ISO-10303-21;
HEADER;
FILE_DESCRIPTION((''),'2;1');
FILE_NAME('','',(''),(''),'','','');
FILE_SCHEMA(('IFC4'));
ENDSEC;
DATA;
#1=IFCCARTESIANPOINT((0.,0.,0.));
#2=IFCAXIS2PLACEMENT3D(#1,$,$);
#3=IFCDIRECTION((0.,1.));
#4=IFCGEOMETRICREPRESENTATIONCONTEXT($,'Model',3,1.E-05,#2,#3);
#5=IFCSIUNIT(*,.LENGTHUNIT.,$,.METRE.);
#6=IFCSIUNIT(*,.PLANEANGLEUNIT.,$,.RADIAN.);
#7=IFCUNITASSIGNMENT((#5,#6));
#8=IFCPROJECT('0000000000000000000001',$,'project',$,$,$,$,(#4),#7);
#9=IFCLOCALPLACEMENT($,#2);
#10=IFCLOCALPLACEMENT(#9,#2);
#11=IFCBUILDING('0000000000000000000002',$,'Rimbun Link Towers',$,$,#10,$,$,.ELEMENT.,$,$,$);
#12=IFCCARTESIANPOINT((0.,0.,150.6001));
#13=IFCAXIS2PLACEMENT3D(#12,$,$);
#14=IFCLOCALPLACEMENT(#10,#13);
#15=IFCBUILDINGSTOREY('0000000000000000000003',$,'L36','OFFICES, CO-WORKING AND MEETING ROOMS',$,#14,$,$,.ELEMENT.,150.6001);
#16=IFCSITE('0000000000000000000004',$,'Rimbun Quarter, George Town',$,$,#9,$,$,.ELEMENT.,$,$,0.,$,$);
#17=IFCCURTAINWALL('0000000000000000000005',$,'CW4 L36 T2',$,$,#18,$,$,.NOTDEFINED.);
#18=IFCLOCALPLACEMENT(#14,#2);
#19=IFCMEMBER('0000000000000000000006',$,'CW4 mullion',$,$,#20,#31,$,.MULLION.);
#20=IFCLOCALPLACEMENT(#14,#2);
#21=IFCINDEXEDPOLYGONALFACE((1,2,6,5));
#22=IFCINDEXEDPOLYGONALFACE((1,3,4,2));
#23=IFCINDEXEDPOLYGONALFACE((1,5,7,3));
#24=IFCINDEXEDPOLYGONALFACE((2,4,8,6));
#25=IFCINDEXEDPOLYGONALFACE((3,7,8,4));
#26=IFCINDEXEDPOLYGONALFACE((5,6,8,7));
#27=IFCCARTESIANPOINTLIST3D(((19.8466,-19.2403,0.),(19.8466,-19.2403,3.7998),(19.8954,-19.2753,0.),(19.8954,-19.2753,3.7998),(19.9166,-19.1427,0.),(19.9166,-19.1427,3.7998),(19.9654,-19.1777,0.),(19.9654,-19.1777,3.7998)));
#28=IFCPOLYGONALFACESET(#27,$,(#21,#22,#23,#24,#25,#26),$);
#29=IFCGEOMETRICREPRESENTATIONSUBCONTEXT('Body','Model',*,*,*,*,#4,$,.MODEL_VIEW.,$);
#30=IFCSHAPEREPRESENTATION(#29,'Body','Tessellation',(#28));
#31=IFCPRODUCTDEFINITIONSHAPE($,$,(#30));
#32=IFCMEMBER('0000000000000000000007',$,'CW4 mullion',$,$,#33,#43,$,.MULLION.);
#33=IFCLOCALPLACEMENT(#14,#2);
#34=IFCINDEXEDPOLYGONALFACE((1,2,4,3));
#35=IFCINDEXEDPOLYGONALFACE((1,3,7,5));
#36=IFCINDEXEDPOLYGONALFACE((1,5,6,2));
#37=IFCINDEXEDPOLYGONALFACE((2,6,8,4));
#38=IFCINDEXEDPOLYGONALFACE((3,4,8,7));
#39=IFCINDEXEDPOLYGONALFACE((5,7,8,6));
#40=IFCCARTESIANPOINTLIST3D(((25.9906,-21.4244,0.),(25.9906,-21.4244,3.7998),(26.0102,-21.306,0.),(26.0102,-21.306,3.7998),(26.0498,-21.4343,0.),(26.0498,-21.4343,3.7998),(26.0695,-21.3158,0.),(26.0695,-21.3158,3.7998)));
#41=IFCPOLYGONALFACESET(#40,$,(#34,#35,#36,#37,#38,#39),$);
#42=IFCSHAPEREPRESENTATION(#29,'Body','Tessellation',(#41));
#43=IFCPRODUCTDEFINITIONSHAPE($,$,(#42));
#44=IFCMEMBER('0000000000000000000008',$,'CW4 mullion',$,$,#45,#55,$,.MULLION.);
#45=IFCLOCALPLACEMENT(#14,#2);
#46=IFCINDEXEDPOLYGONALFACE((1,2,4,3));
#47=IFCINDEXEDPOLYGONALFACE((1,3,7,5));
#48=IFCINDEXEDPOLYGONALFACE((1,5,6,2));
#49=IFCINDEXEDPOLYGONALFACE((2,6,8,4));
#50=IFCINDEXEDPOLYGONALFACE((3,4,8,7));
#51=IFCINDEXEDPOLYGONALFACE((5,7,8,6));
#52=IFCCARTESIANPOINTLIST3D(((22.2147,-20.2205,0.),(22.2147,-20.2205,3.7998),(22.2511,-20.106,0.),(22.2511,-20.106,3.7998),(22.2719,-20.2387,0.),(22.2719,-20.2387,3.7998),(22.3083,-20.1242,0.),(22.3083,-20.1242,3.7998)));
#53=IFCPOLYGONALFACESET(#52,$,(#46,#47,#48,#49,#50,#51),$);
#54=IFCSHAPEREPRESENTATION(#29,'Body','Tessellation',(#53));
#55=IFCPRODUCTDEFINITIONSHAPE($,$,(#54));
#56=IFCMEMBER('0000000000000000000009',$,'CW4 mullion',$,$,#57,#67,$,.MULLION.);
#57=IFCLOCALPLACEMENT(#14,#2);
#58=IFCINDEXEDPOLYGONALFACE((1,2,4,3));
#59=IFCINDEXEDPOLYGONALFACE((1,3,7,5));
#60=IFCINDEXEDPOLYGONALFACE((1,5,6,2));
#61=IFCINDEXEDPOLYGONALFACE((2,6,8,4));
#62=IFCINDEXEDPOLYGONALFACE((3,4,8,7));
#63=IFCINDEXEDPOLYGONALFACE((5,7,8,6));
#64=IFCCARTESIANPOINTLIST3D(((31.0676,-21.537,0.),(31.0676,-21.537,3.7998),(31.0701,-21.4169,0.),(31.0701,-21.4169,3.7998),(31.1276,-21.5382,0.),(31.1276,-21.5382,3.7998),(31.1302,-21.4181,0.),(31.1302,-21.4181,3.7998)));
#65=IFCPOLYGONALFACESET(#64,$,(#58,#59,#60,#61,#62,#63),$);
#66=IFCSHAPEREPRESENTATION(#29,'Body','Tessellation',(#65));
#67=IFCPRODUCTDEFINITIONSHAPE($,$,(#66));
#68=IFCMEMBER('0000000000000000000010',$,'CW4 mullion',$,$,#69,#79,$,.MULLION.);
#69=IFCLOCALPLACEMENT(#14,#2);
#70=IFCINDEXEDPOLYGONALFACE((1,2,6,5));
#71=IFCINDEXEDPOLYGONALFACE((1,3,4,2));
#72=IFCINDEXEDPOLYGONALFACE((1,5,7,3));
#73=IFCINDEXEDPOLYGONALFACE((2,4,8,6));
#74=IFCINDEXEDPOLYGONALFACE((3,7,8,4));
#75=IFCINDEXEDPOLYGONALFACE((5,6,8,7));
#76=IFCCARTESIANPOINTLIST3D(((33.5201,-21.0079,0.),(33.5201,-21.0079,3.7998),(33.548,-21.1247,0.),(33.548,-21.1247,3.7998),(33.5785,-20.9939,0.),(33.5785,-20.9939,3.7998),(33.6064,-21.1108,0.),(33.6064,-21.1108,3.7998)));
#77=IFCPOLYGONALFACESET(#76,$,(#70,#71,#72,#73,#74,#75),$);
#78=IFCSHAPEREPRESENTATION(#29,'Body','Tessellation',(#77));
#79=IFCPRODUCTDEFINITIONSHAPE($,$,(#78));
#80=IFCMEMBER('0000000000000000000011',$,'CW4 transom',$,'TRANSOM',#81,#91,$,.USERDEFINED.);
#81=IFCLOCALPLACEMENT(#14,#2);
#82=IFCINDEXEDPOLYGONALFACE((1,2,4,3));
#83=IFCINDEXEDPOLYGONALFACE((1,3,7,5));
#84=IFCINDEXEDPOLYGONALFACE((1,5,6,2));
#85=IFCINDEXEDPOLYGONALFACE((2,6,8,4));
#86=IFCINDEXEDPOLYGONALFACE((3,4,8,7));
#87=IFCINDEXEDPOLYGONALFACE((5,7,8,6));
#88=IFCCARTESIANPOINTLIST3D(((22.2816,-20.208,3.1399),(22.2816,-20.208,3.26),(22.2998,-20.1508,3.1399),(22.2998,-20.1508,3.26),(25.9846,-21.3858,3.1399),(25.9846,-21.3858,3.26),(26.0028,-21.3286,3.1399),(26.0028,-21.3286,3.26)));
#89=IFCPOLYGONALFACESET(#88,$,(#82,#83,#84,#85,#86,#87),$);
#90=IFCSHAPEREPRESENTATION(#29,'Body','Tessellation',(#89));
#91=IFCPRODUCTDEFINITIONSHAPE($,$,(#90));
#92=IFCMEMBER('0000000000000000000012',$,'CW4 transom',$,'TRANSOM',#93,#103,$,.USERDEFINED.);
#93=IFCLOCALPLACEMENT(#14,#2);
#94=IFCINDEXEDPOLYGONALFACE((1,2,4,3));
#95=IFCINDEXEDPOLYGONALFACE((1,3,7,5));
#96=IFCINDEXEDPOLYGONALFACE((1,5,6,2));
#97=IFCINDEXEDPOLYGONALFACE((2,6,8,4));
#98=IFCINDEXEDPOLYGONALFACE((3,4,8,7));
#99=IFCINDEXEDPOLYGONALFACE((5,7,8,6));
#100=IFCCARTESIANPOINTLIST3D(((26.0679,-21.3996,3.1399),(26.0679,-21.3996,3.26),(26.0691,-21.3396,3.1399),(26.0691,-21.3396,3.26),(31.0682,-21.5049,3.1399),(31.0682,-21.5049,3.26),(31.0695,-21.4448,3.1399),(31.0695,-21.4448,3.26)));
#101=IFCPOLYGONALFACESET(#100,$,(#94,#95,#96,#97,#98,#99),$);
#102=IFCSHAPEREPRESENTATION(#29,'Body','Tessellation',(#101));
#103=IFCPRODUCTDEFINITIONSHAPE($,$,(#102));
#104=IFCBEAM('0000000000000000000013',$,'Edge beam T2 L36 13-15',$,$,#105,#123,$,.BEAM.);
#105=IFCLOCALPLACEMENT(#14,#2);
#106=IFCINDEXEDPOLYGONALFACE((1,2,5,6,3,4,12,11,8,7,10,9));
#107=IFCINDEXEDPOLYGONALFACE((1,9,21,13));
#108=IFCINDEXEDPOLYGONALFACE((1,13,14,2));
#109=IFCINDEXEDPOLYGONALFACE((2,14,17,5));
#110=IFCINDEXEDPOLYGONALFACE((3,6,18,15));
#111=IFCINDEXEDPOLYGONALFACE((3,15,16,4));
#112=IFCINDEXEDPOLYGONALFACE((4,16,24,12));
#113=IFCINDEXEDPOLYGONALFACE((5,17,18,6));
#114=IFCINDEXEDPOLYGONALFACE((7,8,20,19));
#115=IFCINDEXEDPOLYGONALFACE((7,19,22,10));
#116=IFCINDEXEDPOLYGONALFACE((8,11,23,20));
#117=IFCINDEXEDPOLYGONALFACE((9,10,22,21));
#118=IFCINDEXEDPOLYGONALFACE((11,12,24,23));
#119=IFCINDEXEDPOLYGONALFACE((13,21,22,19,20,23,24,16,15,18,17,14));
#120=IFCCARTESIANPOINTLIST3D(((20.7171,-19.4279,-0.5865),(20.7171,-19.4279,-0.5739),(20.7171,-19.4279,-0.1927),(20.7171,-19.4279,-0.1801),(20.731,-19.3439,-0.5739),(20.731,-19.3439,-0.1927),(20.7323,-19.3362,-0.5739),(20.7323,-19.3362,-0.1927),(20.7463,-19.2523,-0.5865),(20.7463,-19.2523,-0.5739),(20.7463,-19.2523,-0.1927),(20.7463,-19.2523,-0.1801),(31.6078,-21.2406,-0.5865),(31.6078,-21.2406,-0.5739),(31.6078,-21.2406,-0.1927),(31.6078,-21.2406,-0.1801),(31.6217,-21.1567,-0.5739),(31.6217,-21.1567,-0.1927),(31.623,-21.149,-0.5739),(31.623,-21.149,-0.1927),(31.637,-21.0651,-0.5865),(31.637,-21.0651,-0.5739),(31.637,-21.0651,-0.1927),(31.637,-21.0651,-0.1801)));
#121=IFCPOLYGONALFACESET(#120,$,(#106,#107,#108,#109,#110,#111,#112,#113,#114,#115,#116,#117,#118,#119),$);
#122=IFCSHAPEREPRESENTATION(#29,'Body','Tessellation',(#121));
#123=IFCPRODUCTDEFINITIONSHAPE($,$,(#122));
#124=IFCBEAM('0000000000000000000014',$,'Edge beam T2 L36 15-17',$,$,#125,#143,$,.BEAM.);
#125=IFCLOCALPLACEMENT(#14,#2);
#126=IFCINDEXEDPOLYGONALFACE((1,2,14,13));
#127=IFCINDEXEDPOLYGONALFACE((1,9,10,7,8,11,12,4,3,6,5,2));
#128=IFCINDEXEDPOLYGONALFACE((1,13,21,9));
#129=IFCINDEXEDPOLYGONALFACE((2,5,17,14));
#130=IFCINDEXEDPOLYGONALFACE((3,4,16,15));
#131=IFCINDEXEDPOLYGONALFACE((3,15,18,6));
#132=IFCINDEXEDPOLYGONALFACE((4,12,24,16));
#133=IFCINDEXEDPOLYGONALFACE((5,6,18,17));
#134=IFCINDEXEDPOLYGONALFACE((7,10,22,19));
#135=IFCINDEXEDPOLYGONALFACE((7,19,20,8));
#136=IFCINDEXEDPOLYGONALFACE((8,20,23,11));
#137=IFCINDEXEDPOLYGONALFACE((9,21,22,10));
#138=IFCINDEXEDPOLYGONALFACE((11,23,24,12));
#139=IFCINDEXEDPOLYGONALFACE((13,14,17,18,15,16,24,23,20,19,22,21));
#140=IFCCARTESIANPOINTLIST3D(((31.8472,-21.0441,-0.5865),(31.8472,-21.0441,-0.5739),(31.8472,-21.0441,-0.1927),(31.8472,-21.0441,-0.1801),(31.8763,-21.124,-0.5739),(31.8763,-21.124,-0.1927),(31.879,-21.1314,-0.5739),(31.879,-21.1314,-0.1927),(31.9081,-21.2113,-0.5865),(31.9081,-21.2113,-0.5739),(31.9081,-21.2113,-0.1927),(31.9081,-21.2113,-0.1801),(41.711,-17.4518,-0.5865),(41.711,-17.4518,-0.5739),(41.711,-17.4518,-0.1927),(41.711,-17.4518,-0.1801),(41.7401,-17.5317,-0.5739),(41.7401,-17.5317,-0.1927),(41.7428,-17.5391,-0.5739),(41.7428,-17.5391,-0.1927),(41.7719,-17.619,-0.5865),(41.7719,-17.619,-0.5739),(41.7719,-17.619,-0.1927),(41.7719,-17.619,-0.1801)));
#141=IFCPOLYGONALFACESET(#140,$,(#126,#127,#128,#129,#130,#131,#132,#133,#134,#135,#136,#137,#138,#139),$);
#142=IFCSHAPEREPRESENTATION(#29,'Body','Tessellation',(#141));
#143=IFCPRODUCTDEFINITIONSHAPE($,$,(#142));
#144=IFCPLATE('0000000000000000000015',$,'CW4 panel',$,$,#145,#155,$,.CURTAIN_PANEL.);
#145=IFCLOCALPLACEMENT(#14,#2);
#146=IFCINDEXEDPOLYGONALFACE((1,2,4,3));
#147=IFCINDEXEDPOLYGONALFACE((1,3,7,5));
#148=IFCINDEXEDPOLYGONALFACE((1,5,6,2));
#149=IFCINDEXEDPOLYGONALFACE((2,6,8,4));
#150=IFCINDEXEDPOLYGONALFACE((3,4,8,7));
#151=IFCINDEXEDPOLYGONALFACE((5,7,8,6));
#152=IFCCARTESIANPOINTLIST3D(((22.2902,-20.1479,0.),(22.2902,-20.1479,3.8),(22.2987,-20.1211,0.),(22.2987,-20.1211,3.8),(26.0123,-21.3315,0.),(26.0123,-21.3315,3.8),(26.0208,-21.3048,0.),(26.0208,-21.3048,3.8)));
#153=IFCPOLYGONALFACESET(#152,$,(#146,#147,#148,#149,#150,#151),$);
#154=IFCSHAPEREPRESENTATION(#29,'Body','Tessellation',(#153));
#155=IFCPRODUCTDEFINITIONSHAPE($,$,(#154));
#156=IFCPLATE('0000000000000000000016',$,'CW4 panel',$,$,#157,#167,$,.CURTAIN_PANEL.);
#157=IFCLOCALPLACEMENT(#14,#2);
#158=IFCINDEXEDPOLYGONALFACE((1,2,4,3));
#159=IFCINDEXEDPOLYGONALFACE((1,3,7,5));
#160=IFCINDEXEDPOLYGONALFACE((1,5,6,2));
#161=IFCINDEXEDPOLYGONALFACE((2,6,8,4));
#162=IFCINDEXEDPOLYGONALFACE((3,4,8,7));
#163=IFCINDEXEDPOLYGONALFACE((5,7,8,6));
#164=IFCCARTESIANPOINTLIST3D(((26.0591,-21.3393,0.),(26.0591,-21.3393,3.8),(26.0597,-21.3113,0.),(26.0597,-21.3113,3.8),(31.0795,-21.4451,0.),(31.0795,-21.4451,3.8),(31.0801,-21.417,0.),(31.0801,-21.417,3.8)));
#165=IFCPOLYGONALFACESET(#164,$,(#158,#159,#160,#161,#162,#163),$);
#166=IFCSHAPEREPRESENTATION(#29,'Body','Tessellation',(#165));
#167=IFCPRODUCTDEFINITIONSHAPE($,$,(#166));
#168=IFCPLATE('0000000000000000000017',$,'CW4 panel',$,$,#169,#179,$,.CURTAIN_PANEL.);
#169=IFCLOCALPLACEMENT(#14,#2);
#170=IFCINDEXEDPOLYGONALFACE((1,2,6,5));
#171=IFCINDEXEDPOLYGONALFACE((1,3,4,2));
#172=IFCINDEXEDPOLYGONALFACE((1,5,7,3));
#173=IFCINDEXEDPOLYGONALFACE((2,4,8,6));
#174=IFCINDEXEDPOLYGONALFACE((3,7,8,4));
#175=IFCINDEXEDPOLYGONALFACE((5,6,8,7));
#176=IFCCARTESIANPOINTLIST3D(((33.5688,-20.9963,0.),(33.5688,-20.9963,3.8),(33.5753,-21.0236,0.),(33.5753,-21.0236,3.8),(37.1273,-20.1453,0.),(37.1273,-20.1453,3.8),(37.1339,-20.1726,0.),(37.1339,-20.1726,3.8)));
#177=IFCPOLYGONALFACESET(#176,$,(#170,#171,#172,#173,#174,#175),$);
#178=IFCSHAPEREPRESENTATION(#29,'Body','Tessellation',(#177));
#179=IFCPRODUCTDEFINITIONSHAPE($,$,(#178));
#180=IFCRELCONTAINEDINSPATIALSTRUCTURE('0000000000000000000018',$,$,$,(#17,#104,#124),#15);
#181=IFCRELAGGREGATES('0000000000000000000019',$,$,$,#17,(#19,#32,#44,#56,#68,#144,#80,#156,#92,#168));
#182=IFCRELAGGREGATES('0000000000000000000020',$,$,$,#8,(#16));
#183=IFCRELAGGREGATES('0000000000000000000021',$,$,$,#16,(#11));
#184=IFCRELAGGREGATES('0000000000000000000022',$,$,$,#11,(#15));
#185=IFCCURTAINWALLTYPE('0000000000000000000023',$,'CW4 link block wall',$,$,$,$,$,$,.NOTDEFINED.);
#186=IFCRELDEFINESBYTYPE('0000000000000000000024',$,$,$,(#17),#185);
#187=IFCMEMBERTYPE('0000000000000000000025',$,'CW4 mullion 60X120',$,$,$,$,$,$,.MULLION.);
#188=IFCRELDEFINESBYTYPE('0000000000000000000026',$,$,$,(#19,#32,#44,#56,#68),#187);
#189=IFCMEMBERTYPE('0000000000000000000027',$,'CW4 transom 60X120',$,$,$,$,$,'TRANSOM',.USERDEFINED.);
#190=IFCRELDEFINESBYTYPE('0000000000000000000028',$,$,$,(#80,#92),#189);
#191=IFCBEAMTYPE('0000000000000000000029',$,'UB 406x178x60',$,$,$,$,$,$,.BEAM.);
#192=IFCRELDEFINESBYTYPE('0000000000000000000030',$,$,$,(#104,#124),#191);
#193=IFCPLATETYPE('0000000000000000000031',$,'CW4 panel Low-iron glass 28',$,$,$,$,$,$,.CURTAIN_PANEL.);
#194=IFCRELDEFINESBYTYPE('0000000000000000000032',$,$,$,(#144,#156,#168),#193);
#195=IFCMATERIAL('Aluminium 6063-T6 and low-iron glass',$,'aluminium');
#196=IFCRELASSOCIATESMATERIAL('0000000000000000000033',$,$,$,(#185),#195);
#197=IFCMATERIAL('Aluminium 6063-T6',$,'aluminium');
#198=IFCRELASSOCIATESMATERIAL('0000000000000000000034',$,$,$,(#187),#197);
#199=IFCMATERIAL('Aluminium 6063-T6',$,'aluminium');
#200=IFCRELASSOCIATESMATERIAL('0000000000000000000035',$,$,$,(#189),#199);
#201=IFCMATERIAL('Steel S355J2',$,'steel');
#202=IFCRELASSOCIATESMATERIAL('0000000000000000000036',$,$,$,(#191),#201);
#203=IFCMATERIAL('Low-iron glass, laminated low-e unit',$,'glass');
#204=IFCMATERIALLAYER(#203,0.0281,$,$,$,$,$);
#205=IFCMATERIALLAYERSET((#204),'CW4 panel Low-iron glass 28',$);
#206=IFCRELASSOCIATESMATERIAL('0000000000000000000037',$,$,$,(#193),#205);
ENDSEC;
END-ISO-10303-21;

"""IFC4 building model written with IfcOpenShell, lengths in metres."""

from ifc_helpers import new_model, si_unit, direction, frame, origin, origin_2d, place, context, subcontext, project, spatial, rectangle, i_section, extrude, material, layer, layer_set, material_profile, profile_set, type_object, element, aggregate, save


model = new_model("IFC4")

# Units and contexts
model_context = context("Model", 3, precision=1e-05, world=origin(), true_north=direction((0.0, 1.0)))
body_context = subcontext(model_context, "Body", "Model", "MODEL_VIEW")
ifc_project = project(units=[si_unit("LENGTHUNIT", "METRE"), si_unit("PLANEANGLEUNIT", "RADIAN")], contexts=[model_context])

# Site, building, storey
site_placement = place(None, origin())
site = spatial("IfcSite", under=ifc_project, at=site_placement, Name="Rimbun Quarter, George Town", CompositionType="ELEMENT", RefElevation=0.0)
building_placement = place(site_placement, origin())
building = spatial("IfcBuilding", under=site, at=building_placement, Name="Rimbun Link Towers", CompositionType="ELEMENT")
storey_placement = place(building_placement, frame((0.0, 0.0, 150.6001)))
storey = spatial("IfcBuildingStorey", under=building, at=storey_placement, Name="L36", Description="OFFICES, CO-WORKING AND MEETING ROOMS", CompositionType="ELEMENT", Elevation=150.6001)

# Curtain wall, members
ifc_material_1 = material(Name="Aluminium 6063-T6 and low-iron glass", Category="aluminium")
curtain_wall_type = type_object("IfcCurtainWallType", Name="CW4 link block wall", PredefinedType="NOTDEFINED", material=ifc_material_1)
curtain_wall_placement = place(storey_placement, origin())
curtain_wall = element("IfcCurtainWall", 1, at=curtain_wall_placement, inside=storey, type_object=curtain_wall_type, Name="CW4 L36 T2", PredefinedType="NOTDEFINED")
ifc_material_2 = material(Name="Aluminium 6063-T6", Category="aluminium")
ifc_material_profile_1 = material_profile(ifc_material_2, rectangle(XDim=0.1201, YDim=0.0601, at=origin_2d()), Name="MULLION 60X120")
ifc_profile_set_1 = profile_set([ifc_material_profile_1], Name="Aluminium 6063-T6")
member_type_1 = type_object("IfcMemberType", Name="CW4 mullion 60X120", PredefinedType="MULLION", material=ifc_profile_set_1)
member_1_placement = place(storey_placement, frame((19.906, -19.209, 0.0), z_axis=(0.0, 0.0, 1.0), x_axis=(-0.583009, -0.812465, 0.0)))
member_1 = element("IfcMember", 2, at=member_1_placement, type_object=member_type_1, Name="CW4 mullion", PredefinedType="MULLION", context=body_context, shape_type="SweptSolid", body=[
    extrude(rectangle(XDim=0.1201, YDim=0.0601, at=origin_2d()), origin(), (0.0, 0.0, 1.0), 3.7998),
])
member_2_placement = place(storey_placement, frame((26.03, -21.3701, 0.0), z_axis=(0.0, 0.0, 1.0), x_axis=(-0.163742, -0.986503, 0.0)))
member_2 = element("IfcMember", 3, at=member_2_placement, type_object=member_type_1, Name="CW4 mullion", PredefinedType="MULLION", context=body_context, shape_type="SweptSolid", body=[
    extrude(rectangle(XDim=0.1201, YDim=0.0601, at=origin_2d()), origin(), (0.0, 0.0, 1.0), 3.7998),
])
member_3_placement = place(storey_placement, frame((22.2615, -20.1724, 0.0), z_axis=(0.0, 0.0, 1.0), x_axis=(-0.30306, -0.952972, 0.0)))
member_3 = element("IfcMember", 4, at=member_3_placement, type_object=member_type_1, Name="CW4 mullion", PredefinedType="MULLION", context=body_context, shape_type="SweptSolid", body=[
    extrude(rectangle(XDim=0.1201, YDim=0.0601, at=origin_2d()), origin(), (0.0, 0.0, 1.0), 3.7998),
])
member_4_placement = place(storey_placement, frame((31.0989, -21.4775, 0.0), z_axis=(0.0, 0.0, 1.0), x_axis=(-0.021063, -0.999778, 0.0)))
member_4 = element("IfcMember", 5, at=member_4_placement, type_object=member_type_1, Name="CW4 mullion", PredefinedType="MULLION", context=body_context, shape_type="SweptSolid", body=[
    extrude(rectangle(XDim=0.1201, YDim=0.0601, at=origin_2d()), origin(), (0.0, 0.0, 1.0), 3.7998),
])
member_5_placement = place(storey_placement, frame((33.5632, -21.0593, 0.0), z_axis=(0.0, 0.0, 1.0), x_axis=(0.232588, -0.972575, 0.0)))
member_5 = element("IfcMember", 6, at=member_5_placement, type_object=member_type_1, Name="CW4 mullion", PredefinedType="MULLION", context=body_context, shape_type="SweptSolid", body=[
    extrude(rectangle(XDim=0.1201, YDim=0.0601, at=origin_2d()), origin(), (0.0, 0.0, 1.0), 3.7998),
])
ifc_material_3 = material(Name="Aluminium 6063-T6", Category="aluminium")
ifc_material_profile_2 = material_profile(ifc_material_3, rectangle(XDim=0.0601, YDim=0.1201, at=origin_2d()), Name="TRANSOM 60X120")
ifc_profile_set_2 = profile_set([ifc_material_profile_2], Name="Aluminium 6063-T6")
member_type_2 = type_object("IfcMemberType", Name="CW4 transom 60X120", ElementType="TRANSOM", PredefinedType="USERDEFINED", material=ifc_profile_set_2)
member_6_placement = place(storey_placement, frame((25.9937, -21.3572, 3.2), z_axis=(-0.95296, 0.303097, 0.0), x_axis=(-0.303097, -0.95296, 0.0)))
member_6 = element("IfcMember", 7, at=member_6_placement, type_object=member_type_2, Name="CW4 transom", ObjectType="TRANSOM", PredefinedType="USERDEFINED", context=body_context, shape_type="SweptSolid", body=[
    extrude(rectangle(XDim=0.0601, YDim=0.1201, at=origin_2d()), origin(), (0.0, 0.0, 1.0), 3.8857),
])
member_7_placement = place(storey_placement, frame((31.0688, -21.4749, 3.2), z_axis=(-0.999779, 0.021039, 0.0), x_axis=(-0.021039, -0.999779, 0.0)))
member_7 = element("IfcMember", 8, at=member_7_placement, type_object=member_type_2, Name="CW4 transom", ObjectType="TRANSOM", PredefinedType="USERDEFINED", context=body_context, shape_type="SweptSolid", body=[
    extrude(rectangle(XDim=0.0601, YDim=0.1201, at=origin_2d()), origin(), (0.0, 0.0, 1.0), 5.0015),
])

# Beams
ifc_material_4 = material(Name="Steel S355J2", Category="steel")
ifc_material_profile_3 = material_profile(ifc_material_4, i_section(OverallWidth=0.178, OverallDepth=0.4065, WebThickness=0.0078, FlangeThickness=0.0127, at=origin_2d()), Name="UB 406x178x60")
ifc_profile_set_3 = profile_set([ifc_material_profile_3], Name="Steel S355J2")
beam_type = type_object("IfcBeamType", Name="UB 406x178x60", PredefinedType="BEAM", material=ifc_profile_set_3)
beam_1_placement = place(storey_placement, frame((20.7317, -19.3401, -0.3833), z_axis=(0.986429, -0.164191, 0.0), x_axis=(0.164191, 0.986429, 0.0)))
element("IfcBeam", 9, at=beam_1_placement, inside=storey, type_object=beam_type, Name="Edge beam T2 L36 13-15", PredefinedType="BEAM", context=body_context, shape_type="SweptSolid", body=[
    extrude(i_section(OverallWidth=0.178, OverallDepth=0.4065, WebThickness=0.0078, FlangeThickness=0.0127, at=origin_2d()), origin(), (0.0, 0.0, 1.0), 11.0405),
])
beam_2_placement = place(storey_placement, frame((31.8777, -21.1277, -0.3833), z_axis=(0.939626, 0.342202, 0.0), x_axis=(-0.342202, 0.939626, 0.0)))
element("IfcBeam", 10, at=beam_2_placement, inside=storey, type_object=beam_type, Name="Edge beam T2 L36 15-17", PredefinedType="BEAM", context=body_context, shape_type="SweptSolid", body=[
    extrude(i_section(OverallWidth=0.178, OverallDepth=0.4065, WebThickness=0.0078, FlangeThickness=0.0127, at=origin_2d()), origin(), (0.0, 0.0, 1.0), 10.4976),
])

# Plates
ifc_material_5 = material(Name="Low-iron glass, laminated low-e unit", Category="glass")
ifc_layer_1 = layer(ifc_material_5, 0.0281)
ifc_layer_set_1 = layer_set([ifc_layer_1], Name="CW4 panel Low-iron glass 28")
plate_type = type_object("IfcPlateType", Name="CW4 panel Low-iron glass 28", PredefinedType="CURTAIN_PANEL", material=ifc_layer_set_1)
plate_1_placement = place(storey_placement, frame((24.1555, -20.7263, 0.0), z_axis=(0.0, 0.0, 1.0), x_axis=(-0.952972, 0.30306, 0.0)))
plate_1 = element("IfcPlate", 11, at=plate_1_placement, type_object=plate_type, Name="CW4 panel", PredefinedType="CURTAIN_PANEL", context=body_context, shape_type="SweptSolid", body=[
    extrude(rectangle(XDim=3.9058, YDim=0.0281, at=origin_2d()), origin(), (0.0, 0.0, 1.0), 3.8),
])
plate_2_placement = place(storey_placement, frame((28.5696, -21.3782, 0.0), z_axis=(0.0, 0.0, 1.0), x_axis=(-0.999778, 0.021063, 0.0)))
plate_2 = element("IfcPlate", 12, at=plate_2_placement, type_object=plate_type, Name="CW4 panel", PredefinedType="CURTAIN_PANEL", context=body_context, shape_type="SweptSolid", body=[
    extrude(rectangle(XDim=5.0215, YDim=0.0281, at=origin_2d()), origin(), (0.0, 0.0, 1.0), 3.8),
])
plate_3_placement = place(storey_placement, frame((35.3513, -20.5845, 0.0), z_axis=(0.0, 0.0, 1.0), x_axis=(-0.972575, -0.232588, 0.0)))
plate_3 = element("IfcPlate", 13, at=plate_3_placement, type_object=plate_type, Name="CW4 panel", PredefinedType="CURTAIN_PANEL", context=body_context, shape_type="SweptSolid", body=[
    extrude(rectangle(XDim=3.6589, YDim=0.0281, at=origin_2d()), origin(), (0.0, 0.0, 1.0), 3.8),
])
aggregate(curtain_wall, [member_1, member_2, member_3, member_4, member_5, plate_1, member_6, plate_2, member_7, plate_3])

save(model, "model.ifc")
